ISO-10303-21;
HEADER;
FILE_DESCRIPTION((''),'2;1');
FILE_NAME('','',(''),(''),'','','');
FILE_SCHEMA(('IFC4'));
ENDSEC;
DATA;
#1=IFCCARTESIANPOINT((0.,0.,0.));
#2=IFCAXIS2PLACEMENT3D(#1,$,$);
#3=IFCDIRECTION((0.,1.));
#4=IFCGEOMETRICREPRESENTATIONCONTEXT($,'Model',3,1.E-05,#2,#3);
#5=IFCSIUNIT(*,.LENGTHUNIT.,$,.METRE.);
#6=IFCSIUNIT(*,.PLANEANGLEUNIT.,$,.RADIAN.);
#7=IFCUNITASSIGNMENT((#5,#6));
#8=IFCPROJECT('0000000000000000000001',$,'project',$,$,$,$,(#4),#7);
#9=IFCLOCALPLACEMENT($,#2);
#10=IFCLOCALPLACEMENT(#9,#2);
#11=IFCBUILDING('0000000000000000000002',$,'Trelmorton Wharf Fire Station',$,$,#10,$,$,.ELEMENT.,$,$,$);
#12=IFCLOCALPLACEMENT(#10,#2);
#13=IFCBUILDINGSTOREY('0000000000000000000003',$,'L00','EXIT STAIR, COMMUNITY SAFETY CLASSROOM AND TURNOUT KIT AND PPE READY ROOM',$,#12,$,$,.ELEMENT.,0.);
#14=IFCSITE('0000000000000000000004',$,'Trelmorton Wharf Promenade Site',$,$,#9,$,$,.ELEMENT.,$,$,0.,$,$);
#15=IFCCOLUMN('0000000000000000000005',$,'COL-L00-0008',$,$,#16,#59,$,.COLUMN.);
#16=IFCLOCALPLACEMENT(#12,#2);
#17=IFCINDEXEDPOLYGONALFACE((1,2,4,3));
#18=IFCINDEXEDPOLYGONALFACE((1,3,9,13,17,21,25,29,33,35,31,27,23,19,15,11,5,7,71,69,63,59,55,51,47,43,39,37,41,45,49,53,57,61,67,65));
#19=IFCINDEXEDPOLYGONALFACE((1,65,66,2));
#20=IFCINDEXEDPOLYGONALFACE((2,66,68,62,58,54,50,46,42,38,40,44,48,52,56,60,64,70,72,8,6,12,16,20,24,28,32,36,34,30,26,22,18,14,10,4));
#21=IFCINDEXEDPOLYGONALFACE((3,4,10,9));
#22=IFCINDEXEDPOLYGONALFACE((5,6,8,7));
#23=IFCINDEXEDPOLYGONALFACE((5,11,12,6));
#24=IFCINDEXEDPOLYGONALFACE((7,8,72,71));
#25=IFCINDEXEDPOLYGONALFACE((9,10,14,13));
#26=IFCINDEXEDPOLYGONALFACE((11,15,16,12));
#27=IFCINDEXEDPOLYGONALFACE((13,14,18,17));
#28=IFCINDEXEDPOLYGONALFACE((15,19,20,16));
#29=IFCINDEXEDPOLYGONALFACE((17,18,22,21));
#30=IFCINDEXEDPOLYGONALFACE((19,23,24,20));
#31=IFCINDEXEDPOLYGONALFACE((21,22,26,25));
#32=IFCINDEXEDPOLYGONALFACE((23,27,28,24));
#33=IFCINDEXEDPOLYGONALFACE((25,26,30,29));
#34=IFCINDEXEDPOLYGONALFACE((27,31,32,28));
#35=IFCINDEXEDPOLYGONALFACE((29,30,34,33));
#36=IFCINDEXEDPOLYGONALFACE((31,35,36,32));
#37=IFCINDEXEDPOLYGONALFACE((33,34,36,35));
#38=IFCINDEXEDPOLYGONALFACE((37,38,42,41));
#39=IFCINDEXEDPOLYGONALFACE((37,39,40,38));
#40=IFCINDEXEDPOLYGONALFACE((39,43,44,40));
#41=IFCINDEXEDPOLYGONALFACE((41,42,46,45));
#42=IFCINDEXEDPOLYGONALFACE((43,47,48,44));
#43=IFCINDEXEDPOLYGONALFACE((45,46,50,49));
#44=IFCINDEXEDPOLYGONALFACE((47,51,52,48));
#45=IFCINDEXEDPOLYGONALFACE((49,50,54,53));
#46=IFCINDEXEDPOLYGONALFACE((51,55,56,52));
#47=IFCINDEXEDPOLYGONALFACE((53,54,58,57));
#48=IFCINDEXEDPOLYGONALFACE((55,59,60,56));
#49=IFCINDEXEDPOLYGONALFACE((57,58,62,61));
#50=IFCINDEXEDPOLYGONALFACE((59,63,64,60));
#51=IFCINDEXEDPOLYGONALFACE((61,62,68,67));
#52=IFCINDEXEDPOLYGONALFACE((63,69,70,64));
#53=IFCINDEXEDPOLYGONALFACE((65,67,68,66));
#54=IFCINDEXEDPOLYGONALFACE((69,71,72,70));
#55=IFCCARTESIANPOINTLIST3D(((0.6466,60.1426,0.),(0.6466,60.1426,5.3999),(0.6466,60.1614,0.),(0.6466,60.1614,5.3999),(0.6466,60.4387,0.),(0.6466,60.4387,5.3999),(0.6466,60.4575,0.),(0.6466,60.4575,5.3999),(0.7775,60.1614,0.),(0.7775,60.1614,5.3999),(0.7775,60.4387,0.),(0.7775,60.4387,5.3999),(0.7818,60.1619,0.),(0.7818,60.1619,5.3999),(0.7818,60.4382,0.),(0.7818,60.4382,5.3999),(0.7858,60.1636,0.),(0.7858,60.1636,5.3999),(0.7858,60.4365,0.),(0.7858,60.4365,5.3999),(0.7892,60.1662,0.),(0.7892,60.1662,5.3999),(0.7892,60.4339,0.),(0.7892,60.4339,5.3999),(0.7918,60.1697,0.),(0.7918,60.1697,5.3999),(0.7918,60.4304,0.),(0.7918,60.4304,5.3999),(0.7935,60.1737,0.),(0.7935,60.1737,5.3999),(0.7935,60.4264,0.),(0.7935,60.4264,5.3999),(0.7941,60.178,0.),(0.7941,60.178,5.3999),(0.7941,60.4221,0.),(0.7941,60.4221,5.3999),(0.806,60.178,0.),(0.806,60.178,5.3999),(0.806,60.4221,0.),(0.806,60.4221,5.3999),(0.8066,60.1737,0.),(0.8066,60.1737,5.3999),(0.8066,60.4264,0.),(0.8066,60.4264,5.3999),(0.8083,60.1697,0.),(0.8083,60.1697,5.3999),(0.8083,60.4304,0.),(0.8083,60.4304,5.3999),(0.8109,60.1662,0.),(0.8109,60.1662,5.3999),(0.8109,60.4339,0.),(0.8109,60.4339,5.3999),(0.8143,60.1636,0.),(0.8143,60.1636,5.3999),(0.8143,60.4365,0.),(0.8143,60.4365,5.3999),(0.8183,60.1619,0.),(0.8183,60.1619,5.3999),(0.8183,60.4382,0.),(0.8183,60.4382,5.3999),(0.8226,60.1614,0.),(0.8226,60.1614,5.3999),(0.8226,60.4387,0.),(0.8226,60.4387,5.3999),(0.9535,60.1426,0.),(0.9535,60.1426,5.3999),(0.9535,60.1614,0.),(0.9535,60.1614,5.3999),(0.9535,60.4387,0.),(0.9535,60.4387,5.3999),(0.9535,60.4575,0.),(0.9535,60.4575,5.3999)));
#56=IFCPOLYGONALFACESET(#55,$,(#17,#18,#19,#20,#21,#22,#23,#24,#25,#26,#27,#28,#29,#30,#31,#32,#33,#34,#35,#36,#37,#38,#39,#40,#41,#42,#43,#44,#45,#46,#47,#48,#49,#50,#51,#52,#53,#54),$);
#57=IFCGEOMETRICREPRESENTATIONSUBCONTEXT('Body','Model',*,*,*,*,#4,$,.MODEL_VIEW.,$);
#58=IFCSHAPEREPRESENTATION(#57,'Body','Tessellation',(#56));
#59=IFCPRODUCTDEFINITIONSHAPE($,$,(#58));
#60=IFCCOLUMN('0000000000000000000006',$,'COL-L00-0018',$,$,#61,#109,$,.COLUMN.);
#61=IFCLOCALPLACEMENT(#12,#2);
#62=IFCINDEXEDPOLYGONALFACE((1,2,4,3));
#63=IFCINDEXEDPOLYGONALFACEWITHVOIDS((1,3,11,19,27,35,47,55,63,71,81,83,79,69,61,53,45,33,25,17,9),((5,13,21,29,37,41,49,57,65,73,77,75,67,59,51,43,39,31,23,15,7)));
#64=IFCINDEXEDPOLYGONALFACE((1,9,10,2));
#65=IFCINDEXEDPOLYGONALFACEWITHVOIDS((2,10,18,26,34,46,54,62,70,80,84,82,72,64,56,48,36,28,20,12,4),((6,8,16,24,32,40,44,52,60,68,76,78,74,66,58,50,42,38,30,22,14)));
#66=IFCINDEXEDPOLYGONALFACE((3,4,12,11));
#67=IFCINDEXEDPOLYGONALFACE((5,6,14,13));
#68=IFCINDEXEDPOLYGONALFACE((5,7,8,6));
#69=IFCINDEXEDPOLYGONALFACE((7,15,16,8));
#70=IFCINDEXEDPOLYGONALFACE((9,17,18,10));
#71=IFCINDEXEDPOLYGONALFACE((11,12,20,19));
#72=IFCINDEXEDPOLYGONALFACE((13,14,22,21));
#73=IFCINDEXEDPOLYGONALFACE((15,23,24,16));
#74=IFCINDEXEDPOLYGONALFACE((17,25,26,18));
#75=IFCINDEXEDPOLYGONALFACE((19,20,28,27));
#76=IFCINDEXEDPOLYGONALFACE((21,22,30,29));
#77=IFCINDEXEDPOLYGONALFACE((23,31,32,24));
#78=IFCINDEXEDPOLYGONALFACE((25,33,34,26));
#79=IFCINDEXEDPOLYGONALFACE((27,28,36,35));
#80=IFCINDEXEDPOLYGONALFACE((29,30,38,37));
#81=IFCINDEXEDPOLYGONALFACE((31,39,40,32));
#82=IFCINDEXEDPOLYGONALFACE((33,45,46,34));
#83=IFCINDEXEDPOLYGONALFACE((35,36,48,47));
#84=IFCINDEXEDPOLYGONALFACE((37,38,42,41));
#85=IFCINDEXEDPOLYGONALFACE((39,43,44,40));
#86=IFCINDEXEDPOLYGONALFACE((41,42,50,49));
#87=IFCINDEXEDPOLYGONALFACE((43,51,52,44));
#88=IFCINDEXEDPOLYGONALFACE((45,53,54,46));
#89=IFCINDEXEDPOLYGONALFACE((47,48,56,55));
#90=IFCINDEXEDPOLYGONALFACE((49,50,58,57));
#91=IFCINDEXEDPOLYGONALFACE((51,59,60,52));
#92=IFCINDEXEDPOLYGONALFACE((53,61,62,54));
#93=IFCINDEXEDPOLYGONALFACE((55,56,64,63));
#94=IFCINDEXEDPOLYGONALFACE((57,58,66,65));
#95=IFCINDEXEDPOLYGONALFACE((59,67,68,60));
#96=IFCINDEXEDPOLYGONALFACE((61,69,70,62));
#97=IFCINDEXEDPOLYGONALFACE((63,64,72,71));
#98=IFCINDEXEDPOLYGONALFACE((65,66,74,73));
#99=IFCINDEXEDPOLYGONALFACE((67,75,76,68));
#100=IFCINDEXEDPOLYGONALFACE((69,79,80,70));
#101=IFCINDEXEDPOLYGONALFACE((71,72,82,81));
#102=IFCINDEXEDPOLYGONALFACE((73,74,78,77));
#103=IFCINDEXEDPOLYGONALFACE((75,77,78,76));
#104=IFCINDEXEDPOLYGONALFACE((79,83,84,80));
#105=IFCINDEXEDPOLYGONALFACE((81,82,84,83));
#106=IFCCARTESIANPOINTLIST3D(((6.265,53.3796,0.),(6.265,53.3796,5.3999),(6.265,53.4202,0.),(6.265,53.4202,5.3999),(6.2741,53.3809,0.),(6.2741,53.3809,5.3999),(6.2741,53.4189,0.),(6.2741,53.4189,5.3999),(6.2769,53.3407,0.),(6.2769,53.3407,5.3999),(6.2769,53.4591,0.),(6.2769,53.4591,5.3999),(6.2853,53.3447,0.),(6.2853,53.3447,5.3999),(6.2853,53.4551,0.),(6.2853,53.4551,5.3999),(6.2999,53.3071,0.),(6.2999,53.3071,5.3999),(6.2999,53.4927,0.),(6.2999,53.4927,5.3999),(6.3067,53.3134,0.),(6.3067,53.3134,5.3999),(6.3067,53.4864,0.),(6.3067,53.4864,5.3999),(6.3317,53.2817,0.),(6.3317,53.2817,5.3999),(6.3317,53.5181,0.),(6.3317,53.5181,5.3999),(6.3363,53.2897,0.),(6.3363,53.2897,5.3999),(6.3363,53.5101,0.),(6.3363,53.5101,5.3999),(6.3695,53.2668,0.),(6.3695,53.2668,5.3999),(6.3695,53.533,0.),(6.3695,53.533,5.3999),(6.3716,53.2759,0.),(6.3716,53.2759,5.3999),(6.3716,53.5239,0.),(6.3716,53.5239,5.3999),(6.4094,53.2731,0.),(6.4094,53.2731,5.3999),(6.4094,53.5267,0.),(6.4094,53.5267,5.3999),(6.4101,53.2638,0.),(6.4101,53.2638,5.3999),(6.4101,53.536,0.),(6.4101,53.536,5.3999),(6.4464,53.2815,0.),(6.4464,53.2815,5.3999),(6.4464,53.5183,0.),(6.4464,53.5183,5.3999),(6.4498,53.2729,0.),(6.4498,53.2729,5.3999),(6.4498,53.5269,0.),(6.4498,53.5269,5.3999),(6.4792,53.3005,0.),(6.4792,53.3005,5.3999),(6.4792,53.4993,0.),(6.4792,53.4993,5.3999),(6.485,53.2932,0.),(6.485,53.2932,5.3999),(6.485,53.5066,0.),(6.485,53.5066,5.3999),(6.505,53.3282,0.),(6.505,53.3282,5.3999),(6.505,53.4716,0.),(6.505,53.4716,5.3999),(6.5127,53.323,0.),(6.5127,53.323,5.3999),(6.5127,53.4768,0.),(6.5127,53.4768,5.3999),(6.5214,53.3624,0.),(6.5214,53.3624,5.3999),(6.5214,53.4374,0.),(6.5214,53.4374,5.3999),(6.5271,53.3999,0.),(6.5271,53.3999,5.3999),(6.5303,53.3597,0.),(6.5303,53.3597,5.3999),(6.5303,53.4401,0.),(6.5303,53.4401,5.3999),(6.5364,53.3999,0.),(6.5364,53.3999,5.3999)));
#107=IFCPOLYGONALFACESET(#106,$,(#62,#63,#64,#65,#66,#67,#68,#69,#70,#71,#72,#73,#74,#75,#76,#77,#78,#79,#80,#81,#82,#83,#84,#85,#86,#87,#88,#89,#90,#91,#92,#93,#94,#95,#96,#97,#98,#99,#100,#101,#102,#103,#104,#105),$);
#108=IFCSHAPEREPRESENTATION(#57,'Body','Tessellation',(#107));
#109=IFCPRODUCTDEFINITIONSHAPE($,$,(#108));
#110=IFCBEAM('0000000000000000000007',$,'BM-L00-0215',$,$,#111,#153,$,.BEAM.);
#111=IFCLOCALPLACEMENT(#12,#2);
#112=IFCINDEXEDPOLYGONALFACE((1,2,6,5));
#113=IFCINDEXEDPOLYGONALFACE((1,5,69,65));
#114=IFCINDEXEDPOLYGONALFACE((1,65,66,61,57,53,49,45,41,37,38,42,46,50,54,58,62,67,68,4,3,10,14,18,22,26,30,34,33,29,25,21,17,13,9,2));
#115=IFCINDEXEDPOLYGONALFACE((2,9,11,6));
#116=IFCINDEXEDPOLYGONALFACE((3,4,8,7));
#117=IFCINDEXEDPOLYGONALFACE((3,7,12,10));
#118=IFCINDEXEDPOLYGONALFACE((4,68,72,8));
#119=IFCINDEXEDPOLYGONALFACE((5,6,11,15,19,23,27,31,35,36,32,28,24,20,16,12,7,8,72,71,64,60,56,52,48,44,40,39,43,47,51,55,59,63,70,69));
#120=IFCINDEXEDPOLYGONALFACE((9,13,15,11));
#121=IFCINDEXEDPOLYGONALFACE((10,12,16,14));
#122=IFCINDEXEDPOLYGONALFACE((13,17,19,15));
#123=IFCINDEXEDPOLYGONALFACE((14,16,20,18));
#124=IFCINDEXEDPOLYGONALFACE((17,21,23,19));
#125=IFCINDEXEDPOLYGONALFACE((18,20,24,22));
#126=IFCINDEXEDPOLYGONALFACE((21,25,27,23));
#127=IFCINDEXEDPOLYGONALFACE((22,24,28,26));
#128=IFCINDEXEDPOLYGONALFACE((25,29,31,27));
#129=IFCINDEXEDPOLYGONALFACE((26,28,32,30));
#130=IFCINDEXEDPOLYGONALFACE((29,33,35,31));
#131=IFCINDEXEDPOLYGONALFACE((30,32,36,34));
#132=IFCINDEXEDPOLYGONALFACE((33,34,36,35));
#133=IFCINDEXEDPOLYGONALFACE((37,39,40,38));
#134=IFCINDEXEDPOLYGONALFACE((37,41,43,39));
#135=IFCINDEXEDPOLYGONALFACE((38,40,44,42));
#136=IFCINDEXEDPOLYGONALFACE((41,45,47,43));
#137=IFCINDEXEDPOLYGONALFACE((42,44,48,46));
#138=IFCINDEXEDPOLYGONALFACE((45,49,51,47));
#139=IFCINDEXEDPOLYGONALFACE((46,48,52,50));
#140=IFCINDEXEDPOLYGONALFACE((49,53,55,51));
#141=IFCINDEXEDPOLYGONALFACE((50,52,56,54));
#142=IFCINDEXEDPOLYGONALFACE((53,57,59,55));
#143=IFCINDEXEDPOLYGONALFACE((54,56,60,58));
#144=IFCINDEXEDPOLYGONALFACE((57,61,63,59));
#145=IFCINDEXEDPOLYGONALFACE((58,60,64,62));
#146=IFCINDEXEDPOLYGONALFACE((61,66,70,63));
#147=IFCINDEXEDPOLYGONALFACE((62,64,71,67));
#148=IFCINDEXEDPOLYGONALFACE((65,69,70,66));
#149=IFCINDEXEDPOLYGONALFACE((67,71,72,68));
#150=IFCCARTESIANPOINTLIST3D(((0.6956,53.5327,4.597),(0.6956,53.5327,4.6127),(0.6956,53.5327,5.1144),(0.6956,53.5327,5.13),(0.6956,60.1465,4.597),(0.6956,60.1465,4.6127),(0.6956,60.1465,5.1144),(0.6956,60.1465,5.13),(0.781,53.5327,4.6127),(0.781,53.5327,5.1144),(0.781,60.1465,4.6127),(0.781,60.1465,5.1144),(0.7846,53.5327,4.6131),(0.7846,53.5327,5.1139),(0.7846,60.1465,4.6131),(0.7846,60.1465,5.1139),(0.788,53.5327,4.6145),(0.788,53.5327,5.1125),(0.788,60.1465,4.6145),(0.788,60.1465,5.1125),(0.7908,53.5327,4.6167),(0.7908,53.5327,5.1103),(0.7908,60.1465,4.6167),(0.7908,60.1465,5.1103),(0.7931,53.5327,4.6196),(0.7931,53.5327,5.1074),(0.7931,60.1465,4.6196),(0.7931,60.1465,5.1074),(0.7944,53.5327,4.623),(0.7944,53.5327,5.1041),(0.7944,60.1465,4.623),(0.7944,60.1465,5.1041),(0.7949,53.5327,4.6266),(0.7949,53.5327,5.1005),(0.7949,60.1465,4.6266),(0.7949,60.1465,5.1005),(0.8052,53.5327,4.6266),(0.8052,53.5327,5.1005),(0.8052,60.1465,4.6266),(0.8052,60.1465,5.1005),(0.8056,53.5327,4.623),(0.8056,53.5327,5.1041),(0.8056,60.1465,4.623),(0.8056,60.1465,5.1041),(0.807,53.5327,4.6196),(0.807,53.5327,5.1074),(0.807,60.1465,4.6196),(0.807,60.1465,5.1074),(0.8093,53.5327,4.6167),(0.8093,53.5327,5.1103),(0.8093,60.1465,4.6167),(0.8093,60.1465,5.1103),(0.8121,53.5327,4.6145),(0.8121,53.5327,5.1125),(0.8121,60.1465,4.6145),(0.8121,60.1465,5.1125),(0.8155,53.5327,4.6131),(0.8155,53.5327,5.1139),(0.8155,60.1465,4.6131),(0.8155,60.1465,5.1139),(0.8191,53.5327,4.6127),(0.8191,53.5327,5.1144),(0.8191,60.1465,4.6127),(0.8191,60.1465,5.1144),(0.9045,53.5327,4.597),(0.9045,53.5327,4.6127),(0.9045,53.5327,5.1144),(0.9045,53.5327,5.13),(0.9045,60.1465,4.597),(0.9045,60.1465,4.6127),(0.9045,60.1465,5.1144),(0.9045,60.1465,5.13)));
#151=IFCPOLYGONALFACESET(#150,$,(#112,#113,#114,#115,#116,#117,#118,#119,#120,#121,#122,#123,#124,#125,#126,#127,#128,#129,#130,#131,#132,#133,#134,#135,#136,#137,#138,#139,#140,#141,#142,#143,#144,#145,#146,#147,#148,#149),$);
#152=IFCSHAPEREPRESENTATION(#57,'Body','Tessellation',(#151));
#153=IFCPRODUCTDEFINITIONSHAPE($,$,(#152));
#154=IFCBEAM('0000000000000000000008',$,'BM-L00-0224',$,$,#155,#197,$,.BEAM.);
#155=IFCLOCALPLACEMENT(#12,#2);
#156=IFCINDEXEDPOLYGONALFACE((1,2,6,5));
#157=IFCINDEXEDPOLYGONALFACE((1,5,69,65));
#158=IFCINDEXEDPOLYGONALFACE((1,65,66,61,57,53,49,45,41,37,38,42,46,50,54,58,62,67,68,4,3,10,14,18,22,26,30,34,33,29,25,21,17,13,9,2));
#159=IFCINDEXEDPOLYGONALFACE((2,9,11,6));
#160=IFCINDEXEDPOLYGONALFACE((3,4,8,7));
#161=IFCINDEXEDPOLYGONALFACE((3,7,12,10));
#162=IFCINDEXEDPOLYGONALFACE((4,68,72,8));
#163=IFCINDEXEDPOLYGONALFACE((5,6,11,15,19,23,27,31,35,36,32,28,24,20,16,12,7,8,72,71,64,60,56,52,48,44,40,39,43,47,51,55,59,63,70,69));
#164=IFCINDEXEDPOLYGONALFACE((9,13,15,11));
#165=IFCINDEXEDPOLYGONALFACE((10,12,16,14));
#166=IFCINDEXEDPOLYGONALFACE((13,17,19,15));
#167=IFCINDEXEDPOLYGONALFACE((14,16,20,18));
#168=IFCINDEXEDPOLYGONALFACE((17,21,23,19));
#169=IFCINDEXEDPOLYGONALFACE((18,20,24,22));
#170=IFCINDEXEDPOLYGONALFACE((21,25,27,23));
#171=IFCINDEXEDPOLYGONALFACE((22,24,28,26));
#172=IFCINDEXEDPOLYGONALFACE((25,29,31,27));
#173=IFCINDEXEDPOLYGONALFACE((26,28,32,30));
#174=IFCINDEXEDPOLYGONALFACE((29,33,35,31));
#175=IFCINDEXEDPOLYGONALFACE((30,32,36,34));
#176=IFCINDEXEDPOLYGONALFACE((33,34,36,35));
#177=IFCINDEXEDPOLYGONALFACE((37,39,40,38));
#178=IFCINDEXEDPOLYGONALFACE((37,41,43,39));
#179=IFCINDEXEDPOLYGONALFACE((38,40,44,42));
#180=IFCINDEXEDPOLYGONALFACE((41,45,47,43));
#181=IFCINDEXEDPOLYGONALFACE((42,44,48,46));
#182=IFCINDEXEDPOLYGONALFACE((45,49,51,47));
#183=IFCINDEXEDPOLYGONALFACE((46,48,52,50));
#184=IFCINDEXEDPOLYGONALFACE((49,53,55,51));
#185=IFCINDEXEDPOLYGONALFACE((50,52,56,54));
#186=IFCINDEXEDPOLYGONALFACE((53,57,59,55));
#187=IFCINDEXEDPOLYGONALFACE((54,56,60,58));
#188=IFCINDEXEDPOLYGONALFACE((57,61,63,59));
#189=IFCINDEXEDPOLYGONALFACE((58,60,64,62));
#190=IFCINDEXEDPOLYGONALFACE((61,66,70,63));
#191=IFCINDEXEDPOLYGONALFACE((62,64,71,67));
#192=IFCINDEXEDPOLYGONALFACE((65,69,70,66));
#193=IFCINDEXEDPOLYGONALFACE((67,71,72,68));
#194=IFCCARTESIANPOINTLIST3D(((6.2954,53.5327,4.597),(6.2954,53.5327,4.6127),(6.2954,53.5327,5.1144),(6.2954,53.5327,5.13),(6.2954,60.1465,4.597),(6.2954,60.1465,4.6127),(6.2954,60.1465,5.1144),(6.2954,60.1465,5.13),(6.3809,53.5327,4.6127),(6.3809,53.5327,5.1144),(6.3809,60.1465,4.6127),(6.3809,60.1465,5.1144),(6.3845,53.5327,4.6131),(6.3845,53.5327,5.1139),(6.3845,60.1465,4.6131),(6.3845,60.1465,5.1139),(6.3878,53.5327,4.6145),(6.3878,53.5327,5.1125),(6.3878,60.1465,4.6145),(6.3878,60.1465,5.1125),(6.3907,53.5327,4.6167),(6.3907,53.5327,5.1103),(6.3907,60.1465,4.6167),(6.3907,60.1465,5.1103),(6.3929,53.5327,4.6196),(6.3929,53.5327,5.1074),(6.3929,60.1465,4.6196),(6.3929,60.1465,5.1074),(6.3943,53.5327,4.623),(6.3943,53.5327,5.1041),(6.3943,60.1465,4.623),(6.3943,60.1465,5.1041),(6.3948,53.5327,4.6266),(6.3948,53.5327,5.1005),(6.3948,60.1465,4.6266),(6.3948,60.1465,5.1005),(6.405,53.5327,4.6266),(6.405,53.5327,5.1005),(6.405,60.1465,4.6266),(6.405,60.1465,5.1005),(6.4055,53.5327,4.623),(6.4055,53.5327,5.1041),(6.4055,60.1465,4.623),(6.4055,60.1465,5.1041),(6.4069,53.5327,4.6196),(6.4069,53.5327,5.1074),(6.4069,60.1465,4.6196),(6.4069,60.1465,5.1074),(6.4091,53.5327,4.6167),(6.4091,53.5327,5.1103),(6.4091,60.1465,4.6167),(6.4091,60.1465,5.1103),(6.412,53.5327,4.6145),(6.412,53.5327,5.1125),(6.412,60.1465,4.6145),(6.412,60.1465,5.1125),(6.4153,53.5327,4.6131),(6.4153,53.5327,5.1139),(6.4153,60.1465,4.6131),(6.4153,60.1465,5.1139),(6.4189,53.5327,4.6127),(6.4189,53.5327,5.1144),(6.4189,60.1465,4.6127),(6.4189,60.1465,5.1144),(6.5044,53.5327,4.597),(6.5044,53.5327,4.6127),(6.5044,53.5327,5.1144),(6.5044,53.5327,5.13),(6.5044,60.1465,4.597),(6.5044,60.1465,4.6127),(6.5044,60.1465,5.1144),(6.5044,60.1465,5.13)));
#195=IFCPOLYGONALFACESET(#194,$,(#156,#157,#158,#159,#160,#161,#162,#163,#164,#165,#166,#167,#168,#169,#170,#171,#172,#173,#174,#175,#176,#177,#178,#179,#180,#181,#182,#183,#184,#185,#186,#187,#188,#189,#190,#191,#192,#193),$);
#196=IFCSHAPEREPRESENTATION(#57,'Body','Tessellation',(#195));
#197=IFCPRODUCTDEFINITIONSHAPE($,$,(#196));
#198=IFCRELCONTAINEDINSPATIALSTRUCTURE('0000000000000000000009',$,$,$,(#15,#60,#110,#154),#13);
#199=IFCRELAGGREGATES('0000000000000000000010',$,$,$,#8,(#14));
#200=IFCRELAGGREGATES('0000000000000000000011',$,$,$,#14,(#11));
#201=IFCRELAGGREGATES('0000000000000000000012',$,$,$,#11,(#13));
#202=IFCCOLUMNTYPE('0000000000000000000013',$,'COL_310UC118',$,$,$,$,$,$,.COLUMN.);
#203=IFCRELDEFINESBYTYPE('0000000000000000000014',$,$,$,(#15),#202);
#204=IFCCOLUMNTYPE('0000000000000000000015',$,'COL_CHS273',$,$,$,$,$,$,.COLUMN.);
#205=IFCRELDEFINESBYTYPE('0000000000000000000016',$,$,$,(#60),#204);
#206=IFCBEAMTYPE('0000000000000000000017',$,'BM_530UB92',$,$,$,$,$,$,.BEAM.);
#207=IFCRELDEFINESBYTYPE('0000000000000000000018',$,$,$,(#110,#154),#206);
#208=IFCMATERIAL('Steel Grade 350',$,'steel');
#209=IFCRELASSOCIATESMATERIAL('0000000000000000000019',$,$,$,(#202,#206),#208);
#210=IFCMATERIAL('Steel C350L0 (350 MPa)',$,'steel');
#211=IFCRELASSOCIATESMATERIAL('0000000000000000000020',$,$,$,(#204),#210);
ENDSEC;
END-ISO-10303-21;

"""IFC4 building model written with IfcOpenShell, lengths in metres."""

from ifc_helpers import new_model, si_unit, direction, frame, origin, origin_2d, place, context, subcontext, project, spatial, hollow_circle, i_section, extrude, material, material_profile, profile_set, type_object, element, save


model = new_model("IFC4")

# Units and contexts
model_context = context("Model", 3, precision=1e-05, world=origin(), true_north=direction((0.0, 1.0)))
body_context = subcontext(model_context, "Body", "Model", "MODEL_VIEW")
ifc_project = project(units=[si_unit("LENGTHUNIT", "METRE"), si_unit("PLANEANGLEUNIT", "RADIAN")], contexts=[model_context])

# Site, building, storey
site_placement = place(None, origin())
site = spatial("IfcSite", under=ifc_project, at=site_placement, Name="Trelmorton Wharf Promenade Site", CompositionType="ELEMENT", RefElevation=0.0)
building_placement = place(site_placement, origin())
building = spatial("IfcBuilding", under=site, at=building_placement, Name="Trelmorton Wharf Fire Station", CompositionType="ELEMENT")
storey_placement = place(building_placement, origin())
storey = spatial("IfcBuildingStorey", under=building, at=storey_placement, Name="L00", Description="EXIT STAIR, COMMUNITY SAFETY CLASSROOM AND TURNOUT KIT AND PPE READY ROOM", CompositionType="ELEMENT", Elevation=0.0)

# Columns
ifc_material_1 = material(Name="Steel Grade 350", Category="steel")
ifc_material_profile_1 = material_profile(ifc_material_1, i_section(OverallWidth=0.3069, OverallDepth=0.3149, WebThickness=0.012, FlangeThickness=0.0188, FilletRadius=0.0166, at=origin_2d()), Name="310UC118")
ifc_profile_set_1 = profile_set([ifc_material_profile_1], Name="Steel Grade 350")
column_type_1 = type_object("IfcColumnType", Name="COL_310UC118", PredefinedType="COLUMN", material=ifc_profile_set_1)
column_1_placement = place(storey_placement, frame((0.8, 60.3, 0.0), z_axis=(0.0, 0.0, 1.0), x_axis=(1.0, 0.0, 0.0)))
element("IfcColumn", 1, at=column_1_placement, inside=storey, type_object=column_type_1, Name="COL-L00-0008", PredefinedType="COLUMN", context=body_context, shape_type="SweptSolid", body=[
    extrude(i_section(OverallWidth=0.3069, OverallDepth=0.3149, WebThickness=0.012, FlangeThickness=0.0188, FilletRadius=0.0166, at=origin_2d()), origin(), (0.0, 0.0, 1.0), 5.3999),
])
ifc_material_2 = material(Name="Steel C350L0 (350 MPa)", Category="steel")
ifc_material_profile_2 = material_profile(ifc_material_2, hollow_circle(Radius=0.1365, WallThickness=0.0093, at=origin_2d()), Name="273.1x9.3CHS")
ifc_profile_set_2 = profile_set([ifc_material_profile_2], Name="Steel C350L0 (350 MPa)")
column_type_2 = type_object("IfcColumnType", Name="COL_CHS273", PredefinedType="COLUMN", material=ifc_profile_set_2)
column_2_placement = place(storey_placement, frame((6.3999, 53.3999, 0.0), z_axis=(0.0, 0.0, 1.0), x_axis=(1.0, 0.0, 0.0)))
element("IfcColumn", 2, at=column_2_placement, inside=storey, type_object=column_type_2, Name="COL-L00-0018", PredefinedType="COLUMN", context=body_context, shape_type="SweptSolid", body=[
    extrude(hollow_circle(Radius=0.1365, WallThickness=0.0093, at=origin_2d()), origin(), (0.0, 0.0, 1.0), 5.3999),
])

# Beams
ifc_material_profile_3 = material_profile(ifc_material_1, i_section(OverallWidth=0.209, OverallDepth=0.533, WebThickness=0.0103, FlangeThickness=0.0156, FilletRadius=0.0139, at=origin_2d()), Name="530UB92.4")
ifc_profile_set_3 = profile_set([ifc_material_profile_3], Name="Steel Grade 350")
beam_type_1 = type_object("IfcBeamType", Name="BM_530UB92", PredefinedType="BEAM", material=ifc_profile_set_3)
for number, where, z_axis, x_axis, name in (
    (3, (0.8, 53.5327, 4.8635), (0.0, 1.0, 0.0), (-1.0, 0.0, 0.0), "BM-L00-0215"),
    (4, (6.3999, 53.5327, 4.8635), (0.0, 1.0, 0.0), (-1.0, 0.0, 0.0), "BM-L00-0224"),
):
    element("IfcBeam", number, at=place(storey_placement, frame(where, z_axis=z_axis, x_axis=x_axis)), inside=storey, type_object=beam_type_1, Name=name, PredefinedType="BEAM", context=body_context, shape_type="SweptSolid", body=[
        extrude(i_section(OverallWidth=0.209, OverallDepth=0.533, WebThickness=0.0103, FlangeThickness=0.0156, FilletRadius=0.0139, at=origin_2d()), origin(), (0.0, 0.0, 1.0), 6.6138),
    ])

save(model, "model.ifc")
